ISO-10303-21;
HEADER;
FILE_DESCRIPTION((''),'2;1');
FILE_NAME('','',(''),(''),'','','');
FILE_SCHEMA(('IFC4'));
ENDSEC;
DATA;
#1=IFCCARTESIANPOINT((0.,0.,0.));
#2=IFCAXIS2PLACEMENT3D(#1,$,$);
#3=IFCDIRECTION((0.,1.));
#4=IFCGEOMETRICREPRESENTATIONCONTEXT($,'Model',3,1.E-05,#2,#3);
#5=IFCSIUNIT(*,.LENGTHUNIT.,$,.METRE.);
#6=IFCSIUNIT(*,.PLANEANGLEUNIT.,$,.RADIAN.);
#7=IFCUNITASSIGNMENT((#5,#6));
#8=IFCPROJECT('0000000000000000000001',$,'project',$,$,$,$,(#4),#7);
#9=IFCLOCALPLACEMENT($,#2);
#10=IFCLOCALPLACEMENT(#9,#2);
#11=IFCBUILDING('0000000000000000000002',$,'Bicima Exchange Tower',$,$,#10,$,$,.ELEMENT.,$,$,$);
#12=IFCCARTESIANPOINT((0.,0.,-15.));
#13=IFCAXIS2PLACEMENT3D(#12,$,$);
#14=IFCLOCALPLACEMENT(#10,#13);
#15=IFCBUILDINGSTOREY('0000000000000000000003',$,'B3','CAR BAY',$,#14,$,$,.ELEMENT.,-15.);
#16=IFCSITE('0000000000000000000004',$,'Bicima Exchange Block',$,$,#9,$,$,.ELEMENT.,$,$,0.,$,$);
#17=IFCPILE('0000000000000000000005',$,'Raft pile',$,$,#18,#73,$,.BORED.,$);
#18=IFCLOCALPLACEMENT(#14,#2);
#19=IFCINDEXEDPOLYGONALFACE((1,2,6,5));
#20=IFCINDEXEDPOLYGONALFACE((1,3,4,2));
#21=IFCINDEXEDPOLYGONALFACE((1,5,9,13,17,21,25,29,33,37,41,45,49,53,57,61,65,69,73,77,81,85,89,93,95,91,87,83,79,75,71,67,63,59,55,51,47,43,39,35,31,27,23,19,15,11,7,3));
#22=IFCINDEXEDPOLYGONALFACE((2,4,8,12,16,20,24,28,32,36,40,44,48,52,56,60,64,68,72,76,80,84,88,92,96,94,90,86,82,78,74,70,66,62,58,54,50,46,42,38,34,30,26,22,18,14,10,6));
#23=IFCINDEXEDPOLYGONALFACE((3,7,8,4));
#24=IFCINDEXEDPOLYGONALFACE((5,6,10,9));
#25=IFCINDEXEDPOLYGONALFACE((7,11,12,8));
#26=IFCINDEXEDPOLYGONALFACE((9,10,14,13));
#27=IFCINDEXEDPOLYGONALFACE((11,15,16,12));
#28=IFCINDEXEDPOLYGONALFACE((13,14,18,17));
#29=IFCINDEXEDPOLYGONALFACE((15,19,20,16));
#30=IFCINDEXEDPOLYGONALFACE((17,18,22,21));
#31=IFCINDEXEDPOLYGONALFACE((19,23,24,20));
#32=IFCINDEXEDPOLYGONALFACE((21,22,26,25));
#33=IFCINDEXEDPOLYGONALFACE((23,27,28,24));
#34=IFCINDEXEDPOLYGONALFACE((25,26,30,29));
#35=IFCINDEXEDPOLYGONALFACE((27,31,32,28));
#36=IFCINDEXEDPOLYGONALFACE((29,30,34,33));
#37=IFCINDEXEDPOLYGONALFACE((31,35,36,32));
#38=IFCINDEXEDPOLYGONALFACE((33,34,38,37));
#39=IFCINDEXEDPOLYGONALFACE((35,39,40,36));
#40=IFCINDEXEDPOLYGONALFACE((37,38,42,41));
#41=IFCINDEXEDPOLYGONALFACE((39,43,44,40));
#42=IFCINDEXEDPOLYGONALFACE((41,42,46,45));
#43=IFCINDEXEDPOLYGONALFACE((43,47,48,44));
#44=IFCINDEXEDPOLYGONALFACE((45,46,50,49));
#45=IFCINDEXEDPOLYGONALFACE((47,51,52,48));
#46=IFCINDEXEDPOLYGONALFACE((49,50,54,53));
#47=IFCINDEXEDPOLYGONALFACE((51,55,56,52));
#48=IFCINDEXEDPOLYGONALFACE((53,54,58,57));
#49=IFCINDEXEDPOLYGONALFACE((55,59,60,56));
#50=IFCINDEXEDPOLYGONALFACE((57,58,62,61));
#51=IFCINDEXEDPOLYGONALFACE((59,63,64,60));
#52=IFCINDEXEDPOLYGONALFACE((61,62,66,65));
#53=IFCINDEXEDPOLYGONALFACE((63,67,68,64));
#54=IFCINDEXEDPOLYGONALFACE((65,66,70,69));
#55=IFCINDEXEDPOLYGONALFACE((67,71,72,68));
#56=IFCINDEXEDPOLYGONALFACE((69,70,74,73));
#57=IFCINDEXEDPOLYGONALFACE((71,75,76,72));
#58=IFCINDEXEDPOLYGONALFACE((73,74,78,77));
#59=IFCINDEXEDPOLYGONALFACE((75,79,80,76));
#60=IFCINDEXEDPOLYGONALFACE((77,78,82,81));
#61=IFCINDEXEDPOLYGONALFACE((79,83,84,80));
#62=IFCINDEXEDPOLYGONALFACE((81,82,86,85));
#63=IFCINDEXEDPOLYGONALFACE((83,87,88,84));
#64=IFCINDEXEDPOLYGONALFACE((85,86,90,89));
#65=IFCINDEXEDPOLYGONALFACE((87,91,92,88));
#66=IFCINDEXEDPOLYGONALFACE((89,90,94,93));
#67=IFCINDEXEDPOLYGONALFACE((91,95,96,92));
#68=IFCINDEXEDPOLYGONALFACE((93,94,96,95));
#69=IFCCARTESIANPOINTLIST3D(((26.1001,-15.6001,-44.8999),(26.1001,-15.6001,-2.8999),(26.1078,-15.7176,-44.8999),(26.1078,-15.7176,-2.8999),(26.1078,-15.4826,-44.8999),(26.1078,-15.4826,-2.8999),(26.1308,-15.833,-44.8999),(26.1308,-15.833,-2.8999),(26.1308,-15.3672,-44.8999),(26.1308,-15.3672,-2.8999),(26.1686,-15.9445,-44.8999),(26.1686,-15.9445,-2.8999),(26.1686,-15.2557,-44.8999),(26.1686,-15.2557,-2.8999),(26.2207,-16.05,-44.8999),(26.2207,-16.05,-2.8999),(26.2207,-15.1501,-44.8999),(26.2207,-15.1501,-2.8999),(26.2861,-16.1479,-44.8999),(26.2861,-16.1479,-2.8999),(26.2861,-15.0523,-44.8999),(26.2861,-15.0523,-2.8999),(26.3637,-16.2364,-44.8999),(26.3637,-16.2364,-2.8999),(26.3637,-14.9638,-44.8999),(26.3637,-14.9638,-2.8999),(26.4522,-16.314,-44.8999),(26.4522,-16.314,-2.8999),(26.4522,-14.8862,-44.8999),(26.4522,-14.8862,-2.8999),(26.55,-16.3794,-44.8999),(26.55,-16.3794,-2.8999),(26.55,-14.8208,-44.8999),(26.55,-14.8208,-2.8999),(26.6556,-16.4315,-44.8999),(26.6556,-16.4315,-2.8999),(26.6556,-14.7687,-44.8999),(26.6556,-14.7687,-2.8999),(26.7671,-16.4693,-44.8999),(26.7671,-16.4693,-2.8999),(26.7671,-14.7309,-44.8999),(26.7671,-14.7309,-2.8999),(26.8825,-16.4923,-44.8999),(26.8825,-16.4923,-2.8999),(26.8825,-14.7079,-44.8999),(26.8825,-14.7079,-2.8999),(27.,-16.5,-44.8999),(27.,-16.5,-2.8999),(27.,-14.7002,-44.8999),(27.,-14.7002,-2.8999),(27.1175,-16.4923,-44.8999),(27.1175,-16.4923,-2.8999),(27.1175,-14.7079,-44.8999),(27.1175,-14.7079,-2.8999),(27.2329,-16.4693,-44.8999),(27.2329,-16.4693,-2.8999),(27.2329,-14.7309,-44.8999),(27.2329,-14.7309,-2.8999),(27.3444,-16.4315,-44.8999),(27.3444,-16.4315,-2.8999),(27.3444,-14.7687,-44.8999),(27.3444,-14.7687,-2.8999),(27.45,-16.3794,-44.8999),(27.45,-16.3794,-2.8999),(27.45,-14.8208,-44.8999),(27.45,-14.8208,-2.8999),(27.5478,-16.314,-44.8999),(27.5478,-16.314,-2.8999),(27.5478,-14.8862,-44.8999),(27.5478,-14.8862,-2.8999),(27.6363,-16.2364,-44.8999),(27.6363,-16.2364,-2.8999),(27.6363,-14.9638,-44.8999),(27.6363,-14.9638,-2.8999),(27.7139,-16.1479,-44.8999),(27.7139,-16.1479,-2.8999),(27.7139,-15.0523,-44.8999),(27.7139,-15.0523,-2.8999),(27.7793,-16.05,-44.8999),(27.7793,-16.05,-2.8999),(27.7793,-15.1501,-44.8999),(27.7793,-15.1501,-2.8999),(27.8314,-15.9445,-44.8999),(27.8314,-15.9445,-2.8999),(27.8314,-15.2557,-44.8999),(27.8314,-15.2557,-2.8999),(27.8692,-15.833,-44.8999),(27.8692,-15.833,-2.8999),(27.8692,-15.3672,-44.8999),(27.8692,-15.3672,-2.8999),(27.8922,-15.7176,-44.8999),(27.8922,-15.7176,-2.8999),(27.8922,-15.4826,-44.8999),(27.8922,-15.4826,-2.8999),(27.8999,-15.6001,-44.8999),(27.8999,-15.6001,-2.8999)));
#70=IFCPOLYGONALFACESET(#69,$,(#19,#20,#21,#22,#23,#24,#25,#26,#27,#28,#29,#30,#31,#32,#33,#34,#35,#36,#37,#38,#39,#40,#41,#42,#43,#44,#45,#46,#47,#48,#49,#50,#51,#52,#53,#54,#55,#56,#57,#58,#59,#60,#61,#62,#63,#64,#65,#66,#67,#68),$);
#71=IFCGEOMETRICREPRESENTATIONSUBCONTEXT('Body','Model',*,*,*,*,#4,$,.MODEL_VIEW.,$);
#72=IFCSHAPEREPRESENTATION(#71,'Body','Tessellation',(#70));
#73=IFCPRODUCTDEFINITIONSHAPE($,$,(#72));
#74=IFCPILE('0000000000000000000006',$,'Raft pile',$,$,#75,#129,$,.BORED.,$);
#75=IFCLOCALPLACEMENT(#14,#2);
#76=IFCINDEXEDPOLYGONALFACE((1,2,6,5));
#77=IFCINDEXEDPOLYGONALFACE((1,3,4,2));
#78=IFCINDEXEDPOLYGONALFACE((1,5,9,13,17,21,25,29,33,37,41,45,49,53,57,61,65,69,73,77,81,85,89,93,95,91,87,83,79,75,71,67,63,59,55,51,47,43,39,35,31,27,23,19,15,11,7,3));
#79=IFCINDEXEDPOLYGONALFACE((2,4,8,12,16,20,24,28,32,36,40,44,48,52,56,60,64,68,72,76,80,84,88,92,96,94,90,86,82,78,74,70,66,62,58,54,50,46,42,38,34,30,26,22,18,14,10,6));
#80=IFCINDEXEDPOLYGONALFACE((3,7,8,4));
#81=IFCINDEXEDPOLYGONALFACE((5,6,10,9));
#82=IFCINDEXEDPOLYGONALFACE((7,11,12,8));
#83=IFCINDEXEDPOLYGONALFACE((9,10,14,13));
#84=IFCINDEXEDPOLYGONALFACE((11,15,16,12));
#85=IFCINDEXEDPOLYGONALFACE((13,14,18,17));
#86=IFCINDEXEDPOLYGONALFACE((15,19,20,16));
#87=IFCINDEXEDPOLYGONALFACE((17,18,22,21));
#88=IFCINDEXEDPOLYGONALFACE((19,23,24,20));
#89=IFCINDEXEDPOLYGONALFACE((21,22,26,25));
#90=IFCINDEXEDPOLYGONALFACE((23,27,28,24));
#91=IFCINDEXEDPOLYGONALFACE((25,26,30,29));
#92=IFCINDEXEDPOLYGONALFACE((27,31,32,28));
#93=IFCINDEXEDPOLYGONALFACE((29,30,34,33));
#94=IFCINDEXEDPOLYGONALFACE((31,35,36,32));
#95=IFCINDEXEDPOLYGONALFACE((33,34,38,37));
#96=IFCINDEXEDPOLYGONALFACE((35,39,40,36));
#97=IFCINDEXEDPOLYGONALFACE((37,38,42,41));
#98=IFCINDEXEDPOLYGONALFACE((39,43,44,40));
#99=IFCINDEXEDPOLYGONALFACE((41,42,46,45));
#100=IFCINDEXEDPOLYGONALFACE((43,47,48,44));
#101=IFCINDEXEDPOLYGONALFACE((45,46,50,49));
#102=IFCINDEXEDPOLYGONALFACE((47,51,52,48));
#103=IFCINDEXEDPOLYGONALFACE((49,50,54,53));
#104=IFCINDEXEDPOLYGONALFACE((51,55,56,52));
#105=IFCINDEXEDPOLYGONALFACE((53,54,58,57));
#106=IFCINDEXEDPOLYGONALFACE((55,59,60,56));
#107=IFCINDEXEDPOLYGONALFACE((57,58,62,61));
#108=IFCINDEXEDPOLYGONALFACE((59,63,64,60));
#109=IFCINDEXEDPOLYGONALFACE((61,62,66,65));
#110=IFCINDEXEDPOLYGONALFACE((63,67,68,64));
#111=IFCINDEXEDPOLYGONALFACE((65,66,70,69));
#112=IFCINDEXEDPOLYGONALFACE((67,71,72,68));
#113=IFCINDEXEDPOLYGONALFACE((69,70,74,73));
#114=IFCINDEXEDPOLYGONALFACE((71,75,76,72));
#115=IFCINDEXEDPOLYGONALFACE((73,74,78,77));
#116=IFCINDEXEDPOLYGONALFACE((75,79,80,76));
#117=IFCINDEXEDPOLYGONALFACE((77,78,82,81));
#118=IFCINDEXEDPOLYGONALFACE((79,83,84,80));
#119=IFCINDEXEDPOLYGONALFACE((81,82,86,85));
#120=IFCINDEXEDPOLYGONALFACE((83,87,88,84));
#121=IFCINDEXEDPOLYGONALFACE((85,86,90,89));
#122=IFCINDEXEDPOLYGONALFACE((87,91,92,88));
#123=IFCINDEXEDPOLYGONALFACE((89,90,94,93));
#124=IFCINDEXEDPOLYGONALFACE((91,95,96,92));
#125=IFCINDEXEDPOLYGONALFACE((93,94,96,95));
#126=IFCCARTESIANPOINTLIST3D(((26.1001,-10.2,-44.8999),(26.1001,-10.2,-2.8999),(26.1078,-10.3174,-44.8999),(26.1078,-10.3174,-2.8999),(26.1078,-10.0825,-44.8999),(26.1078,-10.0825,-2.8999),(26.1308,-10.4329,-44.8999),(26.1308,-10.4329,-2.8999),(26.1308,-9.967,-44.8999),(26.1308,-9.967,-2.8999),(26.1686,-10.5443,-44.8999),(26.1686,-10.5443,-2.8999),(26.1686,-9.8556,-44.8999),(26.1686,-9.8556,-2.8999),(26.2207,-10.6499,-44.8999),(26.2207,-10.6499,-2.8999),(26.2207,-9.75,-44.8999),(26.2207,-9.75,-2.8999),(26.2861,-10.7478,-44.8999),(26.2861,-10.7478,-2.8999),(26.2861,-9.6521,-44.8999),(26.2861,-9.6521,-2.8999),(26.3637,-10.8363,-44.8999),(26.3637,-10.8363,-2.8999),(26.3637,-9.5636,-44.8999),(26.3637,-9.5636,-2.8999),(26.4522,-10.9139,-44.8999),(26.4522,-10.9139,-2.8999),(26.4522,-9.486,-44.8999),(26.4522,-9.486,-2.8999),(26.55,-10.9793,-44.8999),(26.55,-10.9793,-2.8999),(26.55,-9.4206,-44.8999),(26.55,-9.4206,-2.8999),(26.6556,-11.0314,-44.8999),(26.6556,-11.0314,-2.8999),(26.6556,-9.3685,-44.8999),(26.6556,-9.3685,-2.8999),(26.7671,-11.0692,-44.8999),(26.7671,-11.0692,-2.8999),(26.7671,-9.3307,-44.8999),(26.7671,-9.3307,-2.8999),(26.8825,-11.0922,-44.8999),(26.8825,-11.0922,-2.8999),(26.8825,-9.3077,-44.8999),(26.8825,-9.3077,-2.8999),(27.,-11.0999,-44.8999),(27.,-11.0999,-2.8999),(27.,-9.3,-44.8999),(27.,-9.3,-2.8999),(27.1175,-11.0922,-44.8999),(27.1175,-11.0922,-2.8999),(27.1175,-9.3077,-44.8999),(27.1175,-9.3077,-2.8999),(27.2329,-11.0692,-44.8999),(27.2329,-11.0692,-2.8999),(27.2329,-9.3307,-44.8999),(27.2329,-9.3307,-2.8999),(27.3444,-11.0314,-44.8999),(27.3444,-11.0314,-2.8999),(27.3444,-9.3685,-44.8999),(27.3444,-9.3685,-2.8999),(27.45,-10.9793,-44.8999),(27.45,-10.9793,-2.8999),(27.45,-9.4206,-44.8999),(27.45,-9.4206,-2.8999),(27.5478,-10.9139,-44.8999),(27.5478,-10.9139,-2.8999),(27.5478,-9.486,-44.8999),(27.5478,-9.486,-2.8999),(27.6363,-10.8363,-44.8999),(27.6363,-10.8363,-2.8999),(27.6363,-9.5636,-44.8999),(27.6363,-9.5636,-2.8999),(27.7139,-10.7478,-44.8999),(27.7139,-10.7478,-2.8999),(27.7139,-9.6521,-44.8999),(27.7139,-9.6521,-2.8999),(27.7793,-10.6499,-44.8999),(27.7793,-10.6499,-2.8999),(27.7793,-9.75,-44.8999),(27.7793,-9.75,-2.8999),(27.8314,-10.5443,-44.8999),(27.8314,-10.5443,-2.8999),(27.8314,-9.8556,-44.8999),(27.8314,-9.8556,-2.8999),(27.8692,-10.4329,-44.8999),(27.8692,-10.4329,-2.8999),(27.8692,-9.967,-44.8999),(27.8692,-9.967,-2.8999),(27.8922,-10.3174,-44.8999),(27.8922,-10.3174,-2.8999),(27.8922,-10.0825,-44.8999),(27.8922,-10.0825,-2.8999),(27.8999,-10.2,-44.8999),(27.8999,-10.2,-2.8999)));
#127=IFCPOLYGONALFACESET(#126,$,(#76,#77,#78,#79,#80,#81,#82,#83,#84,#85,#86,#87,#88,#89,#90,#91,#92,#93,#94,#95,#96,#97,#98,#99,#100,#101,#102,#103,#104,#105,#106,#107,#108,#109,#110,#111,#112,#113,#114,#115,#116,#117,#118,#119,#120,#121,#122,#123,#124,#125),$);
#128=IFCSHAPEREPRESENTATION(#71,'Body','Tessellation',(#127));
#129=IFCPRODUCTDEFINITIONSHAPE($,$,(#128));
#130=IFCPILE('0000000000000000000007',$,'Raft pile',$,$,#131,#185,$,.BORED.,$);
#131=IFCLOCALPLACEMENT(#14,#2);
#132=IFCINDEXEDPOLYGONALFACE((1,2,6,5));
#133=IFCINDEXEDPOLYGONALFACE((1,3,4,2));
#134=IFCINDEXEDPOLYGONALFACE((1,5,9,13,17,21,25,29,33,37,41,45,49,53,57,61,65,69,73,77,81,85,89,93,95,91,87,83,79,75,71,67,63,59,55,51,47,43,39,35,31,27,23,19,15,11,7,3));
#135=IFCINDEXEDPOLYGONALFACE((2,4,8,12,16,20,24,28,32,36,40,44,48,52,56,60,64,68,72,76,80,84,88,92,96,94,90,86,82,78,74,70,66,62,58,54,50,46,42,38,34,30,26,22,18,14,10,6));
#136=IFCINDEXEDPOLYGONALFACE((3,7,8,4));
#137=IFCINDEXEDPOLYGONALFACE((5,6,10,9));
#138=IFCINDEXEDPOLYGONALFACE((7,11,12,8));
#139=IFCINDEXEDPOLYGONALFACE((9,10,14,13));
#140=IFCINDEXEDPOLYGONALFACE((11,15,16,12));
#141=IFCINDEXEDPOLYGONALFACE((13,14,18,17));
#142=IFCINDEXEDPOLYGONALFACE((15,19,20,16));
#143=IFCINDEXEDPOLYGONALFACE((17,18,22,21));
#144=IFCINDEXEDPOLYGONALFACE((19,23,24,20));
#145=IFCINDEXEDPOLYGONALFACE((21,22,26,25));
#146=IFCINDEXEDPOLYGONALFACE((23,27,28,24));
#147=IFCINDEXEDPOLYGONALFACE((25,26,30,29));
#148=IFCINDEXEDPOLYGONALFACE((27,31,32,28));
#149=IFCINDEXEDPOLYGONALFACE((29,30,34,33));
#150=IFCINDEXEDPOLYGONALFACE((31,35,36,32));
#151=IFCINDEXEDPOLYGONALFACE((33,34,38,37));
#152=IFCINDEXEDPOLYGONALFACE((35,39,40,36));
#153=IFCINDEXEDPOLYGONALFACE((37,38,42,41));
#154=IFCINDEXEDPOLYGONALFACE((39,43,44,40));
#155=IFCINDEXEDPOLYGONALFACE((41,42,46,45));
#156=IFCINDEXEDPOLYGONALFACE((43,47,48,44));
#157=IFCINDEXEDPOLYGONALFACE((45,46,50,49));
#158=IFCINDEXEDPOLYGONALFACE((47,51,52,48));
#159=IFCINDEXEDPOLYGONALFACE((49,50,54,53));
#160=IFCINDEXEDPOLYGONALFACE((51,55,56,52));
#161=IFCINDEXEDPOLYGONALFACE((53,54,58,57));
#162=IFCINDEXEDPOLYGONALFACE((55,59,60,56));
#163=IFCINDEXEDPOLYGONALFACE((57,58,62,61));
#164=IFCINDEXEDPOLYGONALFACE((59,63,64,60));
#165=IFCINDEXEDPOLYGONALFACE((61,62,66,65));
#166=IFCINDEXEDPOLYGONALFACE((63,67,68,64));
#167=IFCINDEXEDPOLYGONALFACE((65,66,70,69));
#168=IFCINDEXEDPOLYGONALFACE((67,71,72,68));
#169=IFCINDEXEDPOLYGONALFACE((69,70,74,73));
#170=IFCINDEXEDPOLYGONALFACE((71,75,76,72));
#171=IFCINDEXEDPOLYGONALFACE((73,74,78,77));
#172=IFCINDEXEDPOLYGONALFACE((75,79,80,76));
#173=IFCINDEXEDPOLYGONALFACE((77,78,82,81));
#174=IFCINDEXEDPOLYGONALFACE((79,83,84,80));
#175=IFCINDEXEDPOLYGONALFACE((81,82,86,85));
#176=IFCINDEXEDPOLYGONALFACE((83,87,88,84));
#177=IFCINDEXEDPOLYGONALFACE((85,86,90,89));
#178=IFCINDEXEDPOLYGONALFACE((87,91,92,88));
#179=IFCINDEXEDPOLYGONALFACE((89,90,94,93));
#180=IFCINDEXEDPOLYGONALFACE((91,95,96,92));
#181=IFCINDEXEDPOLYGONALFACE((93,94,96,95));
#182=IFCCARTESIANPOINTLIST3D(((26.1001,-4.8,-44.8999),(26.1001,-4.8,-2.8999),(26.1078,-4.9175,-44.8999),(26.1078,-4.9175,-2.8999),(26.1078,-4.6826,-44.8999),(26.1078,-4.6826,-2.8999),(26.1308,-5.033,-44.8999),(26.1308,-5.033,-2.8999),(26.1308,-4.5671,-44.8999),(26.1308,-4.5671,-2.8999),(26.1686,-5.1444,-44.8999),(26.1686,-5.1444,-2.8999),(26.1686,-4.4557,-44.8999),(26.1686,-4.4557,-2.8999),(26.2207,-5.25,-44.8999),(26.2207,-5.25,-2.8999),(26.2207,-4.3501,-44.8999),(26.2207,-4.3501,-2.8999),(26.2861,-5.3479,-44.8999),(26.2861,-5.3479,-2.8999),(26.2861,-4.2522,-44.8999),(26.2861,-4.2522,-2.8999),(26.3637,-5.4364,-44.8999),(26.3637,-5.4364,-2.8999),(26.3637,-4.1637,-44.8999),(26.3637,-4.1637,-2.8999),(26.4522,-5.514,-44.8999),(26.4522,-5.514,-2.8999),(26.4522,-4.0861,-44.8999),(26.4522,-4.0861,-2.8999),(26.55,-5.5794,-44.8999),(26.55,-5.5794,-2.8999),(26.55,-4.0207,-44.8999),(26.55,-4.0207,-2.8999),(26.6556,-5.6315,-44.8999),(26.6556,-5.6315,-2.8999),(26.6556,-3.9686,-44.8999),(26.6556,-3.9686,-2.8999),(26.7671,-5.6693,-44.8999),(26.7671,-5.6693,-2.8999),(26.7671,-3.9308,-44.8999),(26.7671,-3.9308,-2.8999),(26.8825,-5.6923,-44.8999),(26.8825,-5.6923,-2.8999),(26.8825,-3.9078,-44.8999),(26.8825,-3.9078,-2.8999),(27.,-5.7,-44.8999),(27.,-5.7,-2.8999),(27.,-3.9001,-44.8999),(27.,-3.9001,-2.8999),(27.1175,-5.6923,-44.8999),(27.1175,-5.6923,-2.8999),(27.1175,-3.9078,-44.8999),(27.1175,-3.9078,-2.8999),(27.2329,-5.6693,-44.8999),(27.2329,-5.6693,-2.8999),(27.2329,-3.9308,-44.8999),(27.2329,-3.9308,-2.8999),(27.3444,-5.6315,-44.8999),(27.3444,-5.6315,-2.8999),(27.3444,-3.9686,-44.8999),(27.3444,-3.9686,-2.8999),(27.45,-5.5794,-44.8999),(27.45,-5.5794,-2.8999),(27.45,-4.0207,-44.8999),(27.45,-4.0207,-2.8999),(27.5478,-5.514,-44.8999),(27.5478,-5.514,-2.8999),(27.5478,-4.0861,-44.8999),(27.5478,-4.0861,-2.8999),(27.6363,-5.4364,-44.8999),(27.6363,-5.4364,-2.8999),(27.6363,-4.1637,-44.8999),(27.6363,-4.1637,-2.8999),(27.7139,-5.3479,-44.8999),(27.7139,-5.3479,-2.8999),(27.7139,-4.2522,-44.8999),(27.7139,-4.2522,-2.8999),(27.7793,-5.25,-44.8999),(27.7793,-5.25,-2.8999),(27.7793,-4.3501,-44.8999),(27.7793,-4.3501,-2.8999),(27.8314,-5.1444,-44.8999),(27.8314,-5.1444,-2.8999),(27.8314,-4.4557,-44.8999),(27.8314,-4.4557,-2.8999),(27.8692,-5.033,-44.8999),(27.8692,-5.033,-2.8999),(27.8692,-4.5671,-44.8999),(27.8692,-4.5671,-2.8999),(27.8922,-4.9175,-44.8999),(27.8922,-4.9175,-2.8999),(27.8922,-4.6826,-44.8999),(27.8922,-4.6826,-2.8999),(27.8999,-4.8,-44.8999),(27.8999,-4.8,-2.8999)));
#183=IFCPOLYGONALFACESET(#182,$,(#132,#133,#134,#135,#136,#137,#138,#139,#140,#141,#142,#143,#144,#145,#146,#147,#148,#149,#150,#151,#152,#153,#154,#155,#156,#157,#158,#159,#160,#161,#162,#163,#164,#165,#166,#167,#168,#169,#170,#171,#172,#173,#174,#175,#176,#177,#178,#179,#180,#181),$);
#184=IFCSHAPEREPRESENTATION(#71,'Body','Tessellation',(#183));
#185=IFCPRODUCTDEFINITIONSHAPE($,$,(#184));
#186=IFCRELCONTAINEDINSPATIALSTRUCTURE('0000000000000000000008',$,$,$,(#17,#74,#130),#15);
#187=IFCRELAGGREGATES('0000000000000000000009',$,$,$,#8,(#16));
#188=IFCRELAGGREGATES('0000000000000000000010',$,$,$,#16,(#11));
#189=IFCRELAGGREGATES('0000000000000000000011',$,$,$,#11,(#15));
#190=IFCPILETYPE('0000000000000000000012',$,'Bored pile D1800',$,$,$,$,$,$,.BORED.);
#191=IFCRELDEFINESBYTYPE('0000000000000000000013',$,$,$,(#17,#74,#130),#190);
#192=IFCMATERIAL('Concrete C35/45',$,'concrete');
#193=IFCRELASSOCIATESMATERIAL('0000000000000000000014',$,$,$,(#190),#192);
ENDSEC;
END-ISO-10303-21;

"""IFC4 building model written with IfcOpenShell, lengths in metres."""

from ifc_helpers import new_model, si_unit, direction, frame, origin, origin_2d, place, context, subcontext, project, spatial, circle, extrude, material, material_profile, profile_set, type_object, element, save


model = new_model("IFC4")

# Units and contexts
model_context = context("Model", 3, precision=1e-05, world=origin(), true_north=direction((0.0, 1.0)))
body_context = subcontext(model_context, "Body", "Model", "MODEL_VIEW")
ifc_project = project(units=[si_unit("LENGTHUNIT", "METRE"), si_unit("PLANEANGLEUNIT", "RADIAN")], contexts=[model_context])

# Site, building, storey
site_placement = place(None, origin())
site = spatial("IfcSite", under=ifc_project, at=site_placement, Name="Bicima Exchange Block", CompositionType="ELEMENT", RefElevation=0.0)
building_placement = place(site_placement, origin())
building = spatial("IfcBuilding", under=site, at=building_placement, Name="Bicima Exchange Tower", CompositionType="ELEMENT")
storey_placement = place(building_placement, frame((0.0, 0.0, -15.0)))
storey = spatial("IfcBuildingStorey", under=building, at=storey_placement, Name="B3", Description="CAR BAY", CompositionType="ELEMENT", Elevation=-15.0)

# Piles
ifc_material_1 = material(Name="Concrete C35/45", Category="concrete")
ifc_material_profile_1 = material_profile(ifc_material_1, circle(Radius=0.8999, at=origin_2d()))
ifc_profile_set_1 = profile_set([ifc_material_profile_1], Name="Concrete C35/45")
pile_type = type_object("IfcPileType", Name="Bored pile D1800", PredefinedType="BORED", material=ifc_profile_set_1)
for number, where, z_axis, x_axis, name in (
    (1, (27.0, -15.6001, -2.8999), (0.0, 0.0, -1.0), (1.0, 0.0, 0.0), "Raft pile"),
    (2, (27.0, -10.2, -2.8999), (0.0, 0.0, -1.0), (1.0, 0.0, 0.0), "Raft pile"),
    (3, (27.0, -4.8, -2.8999), (0.0, 0.0, -1.0), (1.0, 0.0, 0.0), "Raft pile"),
):
    element("IfcPile", number, at=place(storey_placement, frame(where, z_axis=z_axis, x_axis=x_axis)), inside=storey, type_object=pile_type, Name=name, PredefinedType="BORED", context=body_context, shape_type="SweptSolid", body=[
        extrude(circle(Radius=0.8999, at=origin_2d()), origin(), (0.0, 0.0, 1.0), 42.0),
    ])

save(model, "model.ifc")
